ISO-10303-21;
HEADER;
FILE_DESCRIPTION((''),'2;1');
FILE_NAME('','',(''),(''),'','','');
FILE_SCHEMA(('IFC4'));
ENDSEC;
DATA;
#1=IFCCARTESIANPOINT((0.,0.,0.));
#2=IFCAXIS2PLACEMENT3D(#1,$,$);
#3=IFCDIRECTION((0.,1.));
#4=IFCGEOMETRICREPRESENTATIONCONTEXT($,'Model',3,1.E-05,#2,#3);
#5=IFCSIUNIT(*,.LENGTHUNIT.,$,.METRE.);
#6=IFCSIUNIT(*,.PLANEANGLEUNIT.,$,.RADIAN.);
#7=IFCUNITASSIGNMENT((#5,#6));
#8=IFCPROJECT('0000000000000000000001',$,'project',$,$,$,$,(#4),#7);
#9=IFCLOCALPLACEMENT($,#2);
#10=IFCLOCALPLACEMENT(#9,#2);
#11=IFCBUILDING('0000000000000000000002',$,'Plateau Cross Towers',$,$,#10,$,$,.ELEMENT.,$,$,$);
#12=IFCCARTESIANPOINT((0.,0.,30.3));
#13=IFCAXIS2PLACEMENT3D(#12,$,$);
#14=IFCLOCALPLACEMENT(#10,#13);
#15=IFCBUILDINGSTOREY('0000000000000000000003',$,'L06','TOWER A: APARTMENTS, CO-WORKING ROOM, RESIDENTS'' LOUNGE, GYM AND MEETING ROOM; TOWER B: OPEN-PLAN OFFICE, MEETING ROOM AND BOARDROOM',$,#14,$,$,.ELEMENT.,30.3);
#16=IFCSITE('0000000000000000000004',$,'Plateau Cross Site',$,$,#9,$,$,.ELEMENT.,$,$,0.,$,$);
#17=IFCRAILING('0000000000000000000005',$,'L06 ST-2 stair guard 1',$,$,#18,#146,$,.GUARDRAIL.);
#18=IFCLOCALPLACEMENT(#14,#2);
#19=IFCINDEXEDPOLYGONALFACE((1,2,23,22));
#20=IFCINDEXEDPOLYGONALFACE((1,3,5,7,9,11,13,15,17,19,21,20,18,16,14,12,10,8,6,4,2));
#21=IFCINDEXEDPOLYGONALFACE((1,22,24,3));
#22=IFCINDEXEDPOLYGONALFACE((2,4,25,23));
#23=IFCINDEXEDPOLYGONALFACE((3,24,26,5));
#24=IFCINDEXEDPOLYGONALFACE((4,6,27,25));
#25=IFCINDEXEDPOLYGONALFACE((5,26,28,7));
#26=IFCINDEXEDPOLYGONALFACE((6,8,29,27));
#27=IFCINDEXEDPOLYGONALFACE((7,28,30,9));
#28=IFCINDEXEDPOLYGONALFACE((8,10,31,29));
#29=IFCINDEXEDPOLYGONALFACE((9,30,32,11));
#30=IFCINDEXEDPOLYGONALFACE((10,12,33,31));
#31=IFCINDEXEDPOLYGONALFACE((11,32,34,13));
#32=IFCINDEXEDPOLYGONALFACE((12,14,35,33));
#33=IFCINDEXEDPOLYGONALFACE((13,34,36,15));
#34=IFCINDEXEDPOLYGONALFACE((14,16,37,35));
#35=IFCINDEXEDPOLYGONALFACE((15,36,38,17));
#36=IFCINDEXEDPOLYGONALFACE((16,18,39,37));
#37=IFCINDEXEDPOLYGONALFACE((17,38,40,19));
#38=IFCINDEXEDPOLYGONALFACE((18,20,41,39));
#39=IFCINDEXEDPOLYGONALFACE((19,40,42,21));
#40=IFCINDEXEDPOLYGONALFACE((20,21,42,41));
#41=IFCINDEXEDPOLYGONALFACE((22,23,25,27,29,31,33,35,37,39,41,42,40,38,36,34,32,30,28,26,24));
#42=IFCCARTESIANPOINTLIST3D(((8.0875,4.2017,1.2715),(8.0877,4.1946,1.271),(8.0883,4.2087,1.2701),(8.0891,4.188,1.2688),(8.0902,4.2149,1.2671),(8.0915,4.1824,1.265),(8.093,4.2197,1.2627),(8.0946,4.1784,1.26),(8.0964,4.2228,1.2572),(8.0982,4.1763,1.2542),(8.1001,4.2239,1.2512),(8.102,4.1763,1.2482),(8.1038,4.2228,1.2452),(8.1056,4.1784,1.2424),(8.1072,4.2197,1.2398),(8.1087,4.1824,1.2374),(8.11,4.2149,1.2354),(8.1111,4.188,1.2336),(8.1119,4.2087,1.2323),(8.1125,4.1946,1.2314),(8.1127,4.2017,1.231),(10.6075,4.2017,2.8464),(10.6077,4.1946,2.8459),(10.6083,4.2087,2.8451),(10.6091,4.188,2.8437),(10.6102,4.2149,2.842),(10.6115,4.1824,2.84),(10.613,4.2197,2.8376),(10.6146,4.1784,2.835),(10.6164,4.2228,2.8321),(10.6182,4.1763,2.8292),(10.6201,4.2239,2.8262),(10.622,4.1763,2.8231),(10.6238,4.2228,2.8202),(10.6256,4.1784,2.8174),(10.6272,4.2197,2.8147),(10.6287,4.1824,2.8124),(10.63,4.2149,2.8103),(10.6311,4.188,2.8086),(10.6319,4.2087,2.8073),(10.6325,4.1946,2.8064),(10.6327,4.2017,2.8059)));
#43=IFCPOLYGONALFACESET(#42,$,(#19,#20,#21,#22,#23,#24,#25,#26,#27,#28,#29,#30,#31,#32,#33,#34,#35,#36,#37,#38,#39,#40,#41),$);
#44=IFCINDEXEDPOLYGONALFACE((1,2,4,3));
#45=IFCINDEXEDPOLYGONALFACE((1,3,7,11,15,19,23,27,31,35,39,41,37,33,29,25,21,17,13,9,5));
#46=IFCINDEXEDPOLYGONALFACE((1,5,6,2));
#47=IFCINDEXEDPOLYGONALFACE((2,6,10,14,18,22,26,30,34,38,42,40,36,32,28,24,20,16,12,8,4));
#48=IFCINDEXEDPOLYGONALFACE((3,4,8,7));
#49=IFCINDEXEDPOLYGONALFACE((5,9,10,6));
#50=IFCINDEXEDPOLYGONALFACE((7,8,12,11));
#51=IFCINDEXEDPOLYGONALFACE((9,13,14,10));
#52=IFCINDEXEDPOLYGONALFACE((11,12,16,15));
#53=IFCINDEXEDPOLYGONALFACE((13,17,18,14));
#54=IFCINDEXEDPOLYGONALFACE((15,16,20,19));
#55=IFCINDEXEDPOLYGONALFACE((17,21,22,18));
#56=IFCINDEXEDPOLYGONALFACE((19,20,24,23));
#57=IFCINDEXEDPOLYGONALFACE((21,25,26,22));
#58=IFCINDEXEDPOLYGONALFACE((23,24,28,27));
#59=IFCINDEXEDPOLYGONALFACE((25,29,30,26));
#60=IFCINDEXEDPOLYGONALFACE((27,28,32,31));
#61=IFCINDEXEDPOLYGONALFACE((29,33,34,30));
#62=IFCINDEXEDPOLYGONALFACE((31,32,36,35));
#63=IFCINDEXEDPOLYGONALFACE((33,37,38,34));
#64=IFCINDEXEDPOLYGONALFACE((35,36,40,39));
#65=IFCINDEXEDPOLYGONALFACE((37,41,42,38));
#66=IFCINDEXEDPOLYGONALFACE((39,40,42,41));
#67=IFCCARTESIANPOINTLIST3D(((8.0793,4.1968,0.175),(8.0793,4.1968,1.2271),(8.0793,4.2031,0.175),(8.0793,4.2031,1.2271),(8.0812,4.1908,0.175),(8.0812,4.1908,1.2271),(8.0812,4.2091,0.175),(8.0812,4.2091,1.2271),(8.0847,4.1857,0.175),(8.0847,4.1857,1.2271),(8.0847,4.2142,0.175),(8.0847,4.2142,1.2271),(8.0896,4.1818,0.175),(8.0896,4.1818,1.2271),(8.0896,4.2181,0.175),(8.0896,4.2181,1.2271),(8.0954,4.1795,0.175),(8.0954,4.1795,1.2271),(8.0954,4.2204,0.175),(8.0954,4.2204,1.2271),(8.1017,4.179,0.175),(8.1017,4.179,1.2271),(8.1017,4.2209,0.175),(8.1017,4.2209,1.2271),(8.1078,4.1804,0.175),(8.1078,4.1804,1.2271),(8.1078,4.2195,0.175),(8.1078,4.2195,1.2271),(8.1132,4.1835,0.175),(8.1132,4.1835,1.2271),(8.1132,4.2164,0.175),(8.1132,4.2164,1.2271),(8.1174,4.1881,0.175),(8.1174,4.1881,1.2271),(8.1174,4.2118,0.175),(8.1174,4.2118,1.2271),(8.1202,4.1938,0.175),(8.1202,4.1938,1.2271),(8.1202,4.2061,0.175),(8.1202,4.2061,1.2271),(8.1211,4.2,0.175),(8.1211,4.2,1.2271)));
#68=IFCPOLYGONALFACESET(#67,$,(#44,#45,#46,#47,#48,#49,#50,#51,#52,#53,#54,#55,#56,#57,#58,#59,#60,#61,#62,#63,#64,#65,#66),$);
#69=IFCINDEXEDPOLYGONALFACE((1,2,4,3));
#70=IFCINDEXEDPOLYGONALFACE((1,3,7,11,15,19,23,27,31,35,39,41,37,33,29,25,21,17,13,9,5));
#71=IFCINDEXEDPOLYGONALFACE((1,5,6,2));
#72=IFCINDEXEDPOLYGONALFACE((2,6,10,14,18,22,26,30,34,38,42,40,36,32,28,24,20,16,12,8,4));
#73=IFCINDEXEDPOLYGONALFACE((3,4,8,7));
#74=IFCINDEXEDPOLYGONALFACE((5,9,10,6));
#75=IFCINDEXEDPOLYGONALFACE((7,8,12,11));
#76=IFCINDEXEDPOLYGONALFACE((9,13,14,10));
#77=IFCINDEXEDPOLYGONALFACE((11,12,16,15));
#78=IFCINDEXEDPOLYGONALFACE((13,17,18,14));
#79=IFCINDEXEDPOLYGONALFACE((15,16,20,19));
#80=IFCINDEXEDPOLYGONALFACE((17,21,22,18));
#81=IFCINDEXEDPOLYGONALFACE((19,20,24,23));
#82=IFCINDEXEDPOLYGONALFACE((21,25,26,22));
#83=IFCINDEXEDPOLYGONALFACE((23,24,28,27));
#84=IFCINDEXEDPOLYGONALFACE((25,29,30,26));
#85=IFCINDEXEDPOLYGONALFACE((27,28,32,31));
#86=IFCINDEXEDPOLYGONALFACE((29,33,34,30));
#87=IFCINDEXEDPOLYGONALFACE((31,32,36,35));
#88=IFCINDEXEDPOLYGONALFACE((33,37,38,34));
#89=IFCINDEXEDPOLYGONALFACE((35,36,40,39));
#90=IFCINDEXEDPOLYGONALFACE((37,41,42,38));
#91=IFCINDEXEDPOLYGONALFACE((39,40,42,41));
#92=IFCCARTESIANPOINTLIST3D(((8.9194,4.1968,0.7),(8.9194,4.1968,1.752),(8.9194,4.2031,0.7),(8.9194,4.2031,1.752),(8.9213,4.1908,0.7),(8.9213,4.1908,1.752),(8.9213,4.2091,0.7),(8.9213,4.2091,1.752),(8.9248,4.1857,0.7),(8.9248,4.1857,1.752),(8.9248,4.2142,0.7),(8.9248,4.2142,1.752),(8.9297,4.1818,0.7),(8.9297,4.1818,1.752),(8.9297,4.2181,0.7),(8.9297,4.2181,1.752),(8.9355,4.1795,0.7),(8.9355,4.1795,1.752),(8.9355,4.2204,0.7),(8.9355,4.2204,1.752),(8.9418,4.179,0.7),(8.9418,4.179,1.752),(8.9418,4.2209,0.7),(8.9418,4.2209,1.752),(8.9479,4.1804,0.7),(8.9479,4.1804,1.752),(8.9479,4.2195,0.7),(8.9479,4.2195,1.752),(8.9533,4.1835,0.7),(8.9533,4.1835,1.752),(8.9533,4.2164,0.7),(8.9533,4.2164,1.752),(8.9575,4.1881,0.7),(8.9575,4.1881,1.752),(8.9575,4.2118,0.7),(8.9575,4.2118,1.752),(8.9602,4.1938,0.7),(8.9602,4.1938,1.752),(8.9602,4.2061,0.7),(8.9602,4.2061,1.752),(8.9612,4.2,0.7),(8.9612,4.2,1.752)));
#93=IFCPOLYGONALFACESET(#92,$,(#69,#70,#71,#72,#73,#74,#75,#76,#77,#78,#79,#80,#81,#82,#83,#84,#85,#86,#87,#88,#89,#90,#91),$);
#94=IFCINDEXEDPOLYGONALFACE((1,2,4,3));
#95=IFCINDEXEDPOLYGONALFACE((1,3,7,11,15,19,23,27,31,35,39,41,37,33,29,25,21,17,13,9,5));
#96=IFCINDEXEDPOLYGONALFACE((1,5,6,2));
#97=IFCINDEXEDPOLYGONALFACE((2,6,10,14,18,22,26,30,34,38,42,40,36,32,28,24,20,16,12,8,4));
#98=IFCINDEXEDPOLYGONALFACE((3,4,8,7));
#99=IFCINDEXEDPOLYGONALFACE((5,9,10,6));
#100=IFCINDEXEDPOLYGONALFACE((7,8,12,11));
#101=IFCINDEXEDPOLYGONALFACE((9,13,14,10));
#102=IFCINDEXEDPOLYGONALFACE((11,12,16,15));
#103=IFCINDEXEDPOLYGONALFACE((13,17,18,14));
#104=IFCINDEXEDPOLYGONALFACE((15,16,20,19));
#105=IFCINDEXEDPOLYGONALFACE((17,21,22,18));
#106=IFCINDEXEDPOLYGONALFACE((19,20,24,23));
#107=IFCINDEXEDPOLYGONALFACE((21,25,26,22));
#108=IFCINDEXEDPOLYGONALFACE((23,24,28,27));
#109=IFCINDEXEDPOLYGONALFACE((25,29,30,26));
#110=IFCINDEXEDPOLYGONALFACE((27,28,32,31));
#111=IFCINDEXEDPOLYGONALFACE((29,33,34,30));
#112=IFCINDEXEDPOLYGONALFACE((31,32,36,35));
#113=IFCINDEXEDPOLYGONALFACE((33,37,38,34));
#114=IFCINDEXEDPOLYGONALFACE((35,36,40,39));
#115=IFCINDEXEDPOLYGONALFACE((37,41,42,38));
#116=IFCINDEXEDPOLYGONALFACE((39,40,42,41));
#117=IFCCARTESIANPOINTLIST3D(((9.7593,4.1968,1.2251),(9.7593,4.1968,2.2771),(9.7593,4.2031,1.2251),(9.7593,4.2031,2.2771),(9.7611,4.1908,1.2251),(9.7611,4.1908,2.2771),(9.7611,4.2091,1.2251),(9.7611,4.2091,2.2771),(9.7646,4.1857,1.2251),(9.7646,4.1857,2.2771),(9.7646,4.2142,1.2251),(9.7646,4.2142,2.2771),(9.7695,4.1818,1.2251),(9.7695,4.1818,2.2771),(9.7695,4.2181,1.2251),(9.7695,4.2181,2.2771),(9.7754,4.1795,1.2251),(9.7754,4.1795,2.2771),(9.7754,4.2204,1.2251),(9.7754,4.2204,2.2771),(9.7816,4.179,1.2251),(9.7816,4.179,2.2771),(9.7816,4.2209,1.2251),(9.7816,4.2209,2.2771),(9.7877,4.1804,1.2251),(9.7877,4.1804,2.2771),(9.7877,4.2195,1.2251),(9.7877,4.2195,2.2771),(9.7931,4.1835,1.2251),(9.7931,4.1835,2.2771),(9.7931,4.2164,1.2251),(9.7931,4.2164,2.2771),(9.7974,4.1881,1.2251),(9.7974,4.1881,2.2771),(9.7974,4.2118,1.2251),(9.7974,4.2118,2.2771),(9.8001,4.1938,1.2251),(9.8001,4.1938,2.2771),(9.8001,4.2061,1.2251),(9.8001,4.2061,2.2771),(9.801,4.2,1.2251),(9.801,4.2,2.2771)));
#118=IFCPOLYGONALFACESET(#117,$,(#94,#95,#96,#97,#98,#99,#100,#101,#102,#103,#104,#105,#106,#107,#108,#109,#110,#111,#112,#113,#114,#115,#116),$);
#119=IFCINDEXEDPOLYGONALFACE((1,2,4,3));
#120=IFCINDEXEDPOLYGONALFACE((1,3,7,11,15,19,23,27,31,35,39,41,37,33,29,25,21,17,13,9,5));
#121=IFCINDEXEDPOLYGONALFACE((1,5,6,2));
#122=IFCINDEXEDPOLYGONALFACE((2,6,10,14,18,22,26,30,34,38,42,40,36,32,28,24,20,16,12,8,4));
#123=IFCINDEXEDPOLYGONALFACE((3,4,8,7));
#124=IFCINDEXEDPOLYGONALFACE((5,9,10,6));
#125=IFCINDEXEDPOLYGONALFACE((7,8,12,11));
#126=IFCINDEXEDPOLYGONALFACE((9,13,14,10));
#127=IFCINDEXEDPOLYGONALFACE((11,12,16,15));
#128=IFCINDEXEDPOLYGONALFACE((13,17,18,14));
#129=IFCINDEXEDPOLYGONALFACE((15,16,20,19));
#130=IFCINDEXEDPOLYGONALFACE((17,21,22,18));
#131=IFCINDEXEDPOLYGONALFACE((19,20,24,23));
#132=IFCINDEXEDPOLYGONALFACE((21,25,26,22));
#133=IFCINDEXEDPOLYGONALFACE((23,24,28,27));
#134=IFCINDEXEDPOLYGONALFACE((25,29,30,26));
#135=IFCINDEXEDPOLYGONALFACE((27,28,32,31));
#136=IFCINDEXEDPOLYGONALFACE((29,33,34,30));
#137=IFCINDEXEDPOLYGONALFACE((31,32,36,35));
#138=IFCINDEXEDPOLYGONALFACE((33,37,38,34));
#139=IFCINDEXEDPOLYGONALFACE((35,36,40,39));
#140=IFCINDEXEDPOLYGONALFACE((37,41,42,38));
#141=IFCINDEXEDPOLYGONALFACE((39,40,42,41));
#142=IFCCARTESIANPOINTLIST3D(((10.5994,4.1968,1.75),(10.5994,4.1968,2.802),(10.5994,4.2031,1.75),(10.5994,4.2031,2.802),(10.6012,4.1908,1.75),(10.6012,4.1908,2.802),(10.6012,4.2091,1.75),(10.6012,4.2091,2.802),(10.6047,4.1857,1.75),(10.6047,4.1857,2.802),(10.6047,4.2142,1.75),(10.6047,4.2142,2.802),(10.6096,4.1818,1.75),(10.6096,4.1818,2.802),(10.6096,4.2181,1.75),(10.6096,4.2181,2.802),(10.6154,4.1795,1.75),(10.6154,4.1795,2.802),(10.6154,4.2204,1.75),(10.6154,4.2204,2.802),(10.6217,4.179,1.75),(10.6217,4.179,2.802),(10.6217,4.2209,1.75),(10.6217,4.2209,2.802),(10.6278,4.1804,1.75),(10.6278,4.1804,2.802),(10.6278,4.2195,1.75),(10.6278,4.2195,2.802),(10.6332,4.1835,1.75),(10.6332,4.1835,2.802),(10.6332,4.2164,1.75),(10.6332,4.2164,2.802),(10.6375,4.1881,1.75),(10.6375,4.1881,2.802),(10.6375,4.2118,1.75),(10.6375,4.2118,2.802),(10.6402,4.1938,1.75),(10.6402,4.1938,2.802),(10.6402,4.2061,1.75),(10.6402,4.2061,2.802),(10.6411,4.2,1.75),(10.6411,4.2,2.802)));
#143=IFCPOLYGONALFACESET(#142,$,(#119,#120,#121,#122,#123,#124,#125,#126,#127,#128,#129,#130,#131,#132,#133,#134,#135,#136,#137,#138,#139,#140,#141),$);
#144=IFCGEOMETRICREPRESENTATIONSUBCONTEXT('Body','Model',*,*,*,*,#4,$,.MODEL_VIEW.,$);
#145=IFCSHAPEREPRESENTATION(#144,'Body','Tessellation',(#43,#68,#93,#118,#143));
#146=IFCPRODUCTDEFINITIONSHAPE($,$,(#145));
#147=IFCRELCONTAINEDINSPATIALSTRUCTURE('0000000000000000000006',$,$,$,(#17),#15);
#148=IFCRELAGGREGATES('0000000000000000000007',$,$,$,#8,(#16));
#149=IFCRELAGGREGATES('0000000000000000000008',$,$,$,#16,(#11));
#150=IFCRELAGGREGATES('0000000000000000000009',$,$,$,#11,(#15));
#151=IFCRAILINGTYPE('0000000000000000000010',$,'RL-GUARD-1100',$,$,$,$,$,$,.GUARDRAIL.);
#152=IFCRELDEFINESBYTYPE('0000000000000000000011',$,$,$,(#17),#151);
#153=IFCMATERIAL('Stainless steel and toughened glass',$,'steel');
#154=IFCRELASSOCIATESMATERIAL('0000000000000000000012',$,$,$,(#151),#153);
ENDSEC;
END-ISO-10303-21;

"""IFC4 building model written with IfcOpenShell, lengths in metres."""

from ifc_helpers import new_model, si_unit, direction, frame, origin, origin_2d, place, context, subcontext, project, spatial, circle, extrude, material, type_object, element, save


model = new_model("IFC4")

# Units and contexts
model_context = context("Model", 3, precision=1e-05, world=origin(), true_north=direction((0.0, 1.0)))
body_context = subcontext(model_context, "Body", "Model", "MODEL_VIEW")
ifc_project = project(units=[si_unit("LENGTHUNIT", "METRE"), si_unit("PLANEANGLEUNIT", "RADIAN")], contexts=[model_context])

# Site, building, storey
site_placement = place(None, origin())
site = spatial("IfcSite", under=ifc_project, at=site_placement, Name="Plateau Cross Site", CompositionType="ELEMENT", RefElevation=0.0)
building_placement = place(site_placement, origin())
building = spatial("IfcBuilding", under=site, at=building_placement, Name="Plateau Cross Towers", CompositionType="ELEMENT")
storey_placement = place(building_placement, frame((0.0, 0.0, 30.3)))
storey = spatial("IfcBuildingStorey", under=building, at=storey_placement, Name="L06", Description="TOWER A: APARTMENTS, CO-WORKING ROOM, RESIDENTS' LOUNGE, GYM AND MEETING ROOM; TOWER B: OPEN-PLAN OFFICE, MEETING ROOM AND BOARDROOM", CompositionType="ELEMENT", Elevation=30.3)

# Railing
ifc_material_1 = material(Name="Stainless steel and toughened glass", Category="steel")
railing_type_1 = type_object("IfcRailingType", Name="RL-GUARD-1100", PredefinedType="GUARDRAIL", material=ifc_material_1)
railing_1_placement = place(storey_placement, frame((8.1001, 4.2, 0.175)))
element("IfcRailing", 1, at=railing_1_placement, inside=storey, type_object=railing_type_1, Name="L06 ST-2 stair guard 1", PredefinedType="GUARDRAIL", context=body_context, shape_type="SweptSolid", body=[
    extrude(circle(Radius=0.0239, at=origin_2d()), frame((0.0, 0.0, 1.0762), z_axis=(0.848008, 0.0, 0.529984), x_axis=(0.0, 1.0, 0.0)), (0.0, 0.0, 1.0), 2.9717),
    extrude(circle(Radius=0.021, at=origin_2d()), origin(), (0.0, 0.0, 1.0), 1.052),
    extrude(circle(Radius=0.021, at=origin_2d()), frame((0.8401, 0.0, 0.5249)), (0.0, 0.0, 1.0), 1.052),
    extrude(circle(Radius=0.021, at=origin_2d()), frame((1.6799, 0.0, 1.05)), (0.0, 0.0, 1.0), 1.052),
    extrude(circle(Radius=0.021, at=origin_2d()), frame((2.52, 0.0, 1.575)), (0.0, 0.0, 1.0), 1.052),
])

save(model, "model.ifc")
